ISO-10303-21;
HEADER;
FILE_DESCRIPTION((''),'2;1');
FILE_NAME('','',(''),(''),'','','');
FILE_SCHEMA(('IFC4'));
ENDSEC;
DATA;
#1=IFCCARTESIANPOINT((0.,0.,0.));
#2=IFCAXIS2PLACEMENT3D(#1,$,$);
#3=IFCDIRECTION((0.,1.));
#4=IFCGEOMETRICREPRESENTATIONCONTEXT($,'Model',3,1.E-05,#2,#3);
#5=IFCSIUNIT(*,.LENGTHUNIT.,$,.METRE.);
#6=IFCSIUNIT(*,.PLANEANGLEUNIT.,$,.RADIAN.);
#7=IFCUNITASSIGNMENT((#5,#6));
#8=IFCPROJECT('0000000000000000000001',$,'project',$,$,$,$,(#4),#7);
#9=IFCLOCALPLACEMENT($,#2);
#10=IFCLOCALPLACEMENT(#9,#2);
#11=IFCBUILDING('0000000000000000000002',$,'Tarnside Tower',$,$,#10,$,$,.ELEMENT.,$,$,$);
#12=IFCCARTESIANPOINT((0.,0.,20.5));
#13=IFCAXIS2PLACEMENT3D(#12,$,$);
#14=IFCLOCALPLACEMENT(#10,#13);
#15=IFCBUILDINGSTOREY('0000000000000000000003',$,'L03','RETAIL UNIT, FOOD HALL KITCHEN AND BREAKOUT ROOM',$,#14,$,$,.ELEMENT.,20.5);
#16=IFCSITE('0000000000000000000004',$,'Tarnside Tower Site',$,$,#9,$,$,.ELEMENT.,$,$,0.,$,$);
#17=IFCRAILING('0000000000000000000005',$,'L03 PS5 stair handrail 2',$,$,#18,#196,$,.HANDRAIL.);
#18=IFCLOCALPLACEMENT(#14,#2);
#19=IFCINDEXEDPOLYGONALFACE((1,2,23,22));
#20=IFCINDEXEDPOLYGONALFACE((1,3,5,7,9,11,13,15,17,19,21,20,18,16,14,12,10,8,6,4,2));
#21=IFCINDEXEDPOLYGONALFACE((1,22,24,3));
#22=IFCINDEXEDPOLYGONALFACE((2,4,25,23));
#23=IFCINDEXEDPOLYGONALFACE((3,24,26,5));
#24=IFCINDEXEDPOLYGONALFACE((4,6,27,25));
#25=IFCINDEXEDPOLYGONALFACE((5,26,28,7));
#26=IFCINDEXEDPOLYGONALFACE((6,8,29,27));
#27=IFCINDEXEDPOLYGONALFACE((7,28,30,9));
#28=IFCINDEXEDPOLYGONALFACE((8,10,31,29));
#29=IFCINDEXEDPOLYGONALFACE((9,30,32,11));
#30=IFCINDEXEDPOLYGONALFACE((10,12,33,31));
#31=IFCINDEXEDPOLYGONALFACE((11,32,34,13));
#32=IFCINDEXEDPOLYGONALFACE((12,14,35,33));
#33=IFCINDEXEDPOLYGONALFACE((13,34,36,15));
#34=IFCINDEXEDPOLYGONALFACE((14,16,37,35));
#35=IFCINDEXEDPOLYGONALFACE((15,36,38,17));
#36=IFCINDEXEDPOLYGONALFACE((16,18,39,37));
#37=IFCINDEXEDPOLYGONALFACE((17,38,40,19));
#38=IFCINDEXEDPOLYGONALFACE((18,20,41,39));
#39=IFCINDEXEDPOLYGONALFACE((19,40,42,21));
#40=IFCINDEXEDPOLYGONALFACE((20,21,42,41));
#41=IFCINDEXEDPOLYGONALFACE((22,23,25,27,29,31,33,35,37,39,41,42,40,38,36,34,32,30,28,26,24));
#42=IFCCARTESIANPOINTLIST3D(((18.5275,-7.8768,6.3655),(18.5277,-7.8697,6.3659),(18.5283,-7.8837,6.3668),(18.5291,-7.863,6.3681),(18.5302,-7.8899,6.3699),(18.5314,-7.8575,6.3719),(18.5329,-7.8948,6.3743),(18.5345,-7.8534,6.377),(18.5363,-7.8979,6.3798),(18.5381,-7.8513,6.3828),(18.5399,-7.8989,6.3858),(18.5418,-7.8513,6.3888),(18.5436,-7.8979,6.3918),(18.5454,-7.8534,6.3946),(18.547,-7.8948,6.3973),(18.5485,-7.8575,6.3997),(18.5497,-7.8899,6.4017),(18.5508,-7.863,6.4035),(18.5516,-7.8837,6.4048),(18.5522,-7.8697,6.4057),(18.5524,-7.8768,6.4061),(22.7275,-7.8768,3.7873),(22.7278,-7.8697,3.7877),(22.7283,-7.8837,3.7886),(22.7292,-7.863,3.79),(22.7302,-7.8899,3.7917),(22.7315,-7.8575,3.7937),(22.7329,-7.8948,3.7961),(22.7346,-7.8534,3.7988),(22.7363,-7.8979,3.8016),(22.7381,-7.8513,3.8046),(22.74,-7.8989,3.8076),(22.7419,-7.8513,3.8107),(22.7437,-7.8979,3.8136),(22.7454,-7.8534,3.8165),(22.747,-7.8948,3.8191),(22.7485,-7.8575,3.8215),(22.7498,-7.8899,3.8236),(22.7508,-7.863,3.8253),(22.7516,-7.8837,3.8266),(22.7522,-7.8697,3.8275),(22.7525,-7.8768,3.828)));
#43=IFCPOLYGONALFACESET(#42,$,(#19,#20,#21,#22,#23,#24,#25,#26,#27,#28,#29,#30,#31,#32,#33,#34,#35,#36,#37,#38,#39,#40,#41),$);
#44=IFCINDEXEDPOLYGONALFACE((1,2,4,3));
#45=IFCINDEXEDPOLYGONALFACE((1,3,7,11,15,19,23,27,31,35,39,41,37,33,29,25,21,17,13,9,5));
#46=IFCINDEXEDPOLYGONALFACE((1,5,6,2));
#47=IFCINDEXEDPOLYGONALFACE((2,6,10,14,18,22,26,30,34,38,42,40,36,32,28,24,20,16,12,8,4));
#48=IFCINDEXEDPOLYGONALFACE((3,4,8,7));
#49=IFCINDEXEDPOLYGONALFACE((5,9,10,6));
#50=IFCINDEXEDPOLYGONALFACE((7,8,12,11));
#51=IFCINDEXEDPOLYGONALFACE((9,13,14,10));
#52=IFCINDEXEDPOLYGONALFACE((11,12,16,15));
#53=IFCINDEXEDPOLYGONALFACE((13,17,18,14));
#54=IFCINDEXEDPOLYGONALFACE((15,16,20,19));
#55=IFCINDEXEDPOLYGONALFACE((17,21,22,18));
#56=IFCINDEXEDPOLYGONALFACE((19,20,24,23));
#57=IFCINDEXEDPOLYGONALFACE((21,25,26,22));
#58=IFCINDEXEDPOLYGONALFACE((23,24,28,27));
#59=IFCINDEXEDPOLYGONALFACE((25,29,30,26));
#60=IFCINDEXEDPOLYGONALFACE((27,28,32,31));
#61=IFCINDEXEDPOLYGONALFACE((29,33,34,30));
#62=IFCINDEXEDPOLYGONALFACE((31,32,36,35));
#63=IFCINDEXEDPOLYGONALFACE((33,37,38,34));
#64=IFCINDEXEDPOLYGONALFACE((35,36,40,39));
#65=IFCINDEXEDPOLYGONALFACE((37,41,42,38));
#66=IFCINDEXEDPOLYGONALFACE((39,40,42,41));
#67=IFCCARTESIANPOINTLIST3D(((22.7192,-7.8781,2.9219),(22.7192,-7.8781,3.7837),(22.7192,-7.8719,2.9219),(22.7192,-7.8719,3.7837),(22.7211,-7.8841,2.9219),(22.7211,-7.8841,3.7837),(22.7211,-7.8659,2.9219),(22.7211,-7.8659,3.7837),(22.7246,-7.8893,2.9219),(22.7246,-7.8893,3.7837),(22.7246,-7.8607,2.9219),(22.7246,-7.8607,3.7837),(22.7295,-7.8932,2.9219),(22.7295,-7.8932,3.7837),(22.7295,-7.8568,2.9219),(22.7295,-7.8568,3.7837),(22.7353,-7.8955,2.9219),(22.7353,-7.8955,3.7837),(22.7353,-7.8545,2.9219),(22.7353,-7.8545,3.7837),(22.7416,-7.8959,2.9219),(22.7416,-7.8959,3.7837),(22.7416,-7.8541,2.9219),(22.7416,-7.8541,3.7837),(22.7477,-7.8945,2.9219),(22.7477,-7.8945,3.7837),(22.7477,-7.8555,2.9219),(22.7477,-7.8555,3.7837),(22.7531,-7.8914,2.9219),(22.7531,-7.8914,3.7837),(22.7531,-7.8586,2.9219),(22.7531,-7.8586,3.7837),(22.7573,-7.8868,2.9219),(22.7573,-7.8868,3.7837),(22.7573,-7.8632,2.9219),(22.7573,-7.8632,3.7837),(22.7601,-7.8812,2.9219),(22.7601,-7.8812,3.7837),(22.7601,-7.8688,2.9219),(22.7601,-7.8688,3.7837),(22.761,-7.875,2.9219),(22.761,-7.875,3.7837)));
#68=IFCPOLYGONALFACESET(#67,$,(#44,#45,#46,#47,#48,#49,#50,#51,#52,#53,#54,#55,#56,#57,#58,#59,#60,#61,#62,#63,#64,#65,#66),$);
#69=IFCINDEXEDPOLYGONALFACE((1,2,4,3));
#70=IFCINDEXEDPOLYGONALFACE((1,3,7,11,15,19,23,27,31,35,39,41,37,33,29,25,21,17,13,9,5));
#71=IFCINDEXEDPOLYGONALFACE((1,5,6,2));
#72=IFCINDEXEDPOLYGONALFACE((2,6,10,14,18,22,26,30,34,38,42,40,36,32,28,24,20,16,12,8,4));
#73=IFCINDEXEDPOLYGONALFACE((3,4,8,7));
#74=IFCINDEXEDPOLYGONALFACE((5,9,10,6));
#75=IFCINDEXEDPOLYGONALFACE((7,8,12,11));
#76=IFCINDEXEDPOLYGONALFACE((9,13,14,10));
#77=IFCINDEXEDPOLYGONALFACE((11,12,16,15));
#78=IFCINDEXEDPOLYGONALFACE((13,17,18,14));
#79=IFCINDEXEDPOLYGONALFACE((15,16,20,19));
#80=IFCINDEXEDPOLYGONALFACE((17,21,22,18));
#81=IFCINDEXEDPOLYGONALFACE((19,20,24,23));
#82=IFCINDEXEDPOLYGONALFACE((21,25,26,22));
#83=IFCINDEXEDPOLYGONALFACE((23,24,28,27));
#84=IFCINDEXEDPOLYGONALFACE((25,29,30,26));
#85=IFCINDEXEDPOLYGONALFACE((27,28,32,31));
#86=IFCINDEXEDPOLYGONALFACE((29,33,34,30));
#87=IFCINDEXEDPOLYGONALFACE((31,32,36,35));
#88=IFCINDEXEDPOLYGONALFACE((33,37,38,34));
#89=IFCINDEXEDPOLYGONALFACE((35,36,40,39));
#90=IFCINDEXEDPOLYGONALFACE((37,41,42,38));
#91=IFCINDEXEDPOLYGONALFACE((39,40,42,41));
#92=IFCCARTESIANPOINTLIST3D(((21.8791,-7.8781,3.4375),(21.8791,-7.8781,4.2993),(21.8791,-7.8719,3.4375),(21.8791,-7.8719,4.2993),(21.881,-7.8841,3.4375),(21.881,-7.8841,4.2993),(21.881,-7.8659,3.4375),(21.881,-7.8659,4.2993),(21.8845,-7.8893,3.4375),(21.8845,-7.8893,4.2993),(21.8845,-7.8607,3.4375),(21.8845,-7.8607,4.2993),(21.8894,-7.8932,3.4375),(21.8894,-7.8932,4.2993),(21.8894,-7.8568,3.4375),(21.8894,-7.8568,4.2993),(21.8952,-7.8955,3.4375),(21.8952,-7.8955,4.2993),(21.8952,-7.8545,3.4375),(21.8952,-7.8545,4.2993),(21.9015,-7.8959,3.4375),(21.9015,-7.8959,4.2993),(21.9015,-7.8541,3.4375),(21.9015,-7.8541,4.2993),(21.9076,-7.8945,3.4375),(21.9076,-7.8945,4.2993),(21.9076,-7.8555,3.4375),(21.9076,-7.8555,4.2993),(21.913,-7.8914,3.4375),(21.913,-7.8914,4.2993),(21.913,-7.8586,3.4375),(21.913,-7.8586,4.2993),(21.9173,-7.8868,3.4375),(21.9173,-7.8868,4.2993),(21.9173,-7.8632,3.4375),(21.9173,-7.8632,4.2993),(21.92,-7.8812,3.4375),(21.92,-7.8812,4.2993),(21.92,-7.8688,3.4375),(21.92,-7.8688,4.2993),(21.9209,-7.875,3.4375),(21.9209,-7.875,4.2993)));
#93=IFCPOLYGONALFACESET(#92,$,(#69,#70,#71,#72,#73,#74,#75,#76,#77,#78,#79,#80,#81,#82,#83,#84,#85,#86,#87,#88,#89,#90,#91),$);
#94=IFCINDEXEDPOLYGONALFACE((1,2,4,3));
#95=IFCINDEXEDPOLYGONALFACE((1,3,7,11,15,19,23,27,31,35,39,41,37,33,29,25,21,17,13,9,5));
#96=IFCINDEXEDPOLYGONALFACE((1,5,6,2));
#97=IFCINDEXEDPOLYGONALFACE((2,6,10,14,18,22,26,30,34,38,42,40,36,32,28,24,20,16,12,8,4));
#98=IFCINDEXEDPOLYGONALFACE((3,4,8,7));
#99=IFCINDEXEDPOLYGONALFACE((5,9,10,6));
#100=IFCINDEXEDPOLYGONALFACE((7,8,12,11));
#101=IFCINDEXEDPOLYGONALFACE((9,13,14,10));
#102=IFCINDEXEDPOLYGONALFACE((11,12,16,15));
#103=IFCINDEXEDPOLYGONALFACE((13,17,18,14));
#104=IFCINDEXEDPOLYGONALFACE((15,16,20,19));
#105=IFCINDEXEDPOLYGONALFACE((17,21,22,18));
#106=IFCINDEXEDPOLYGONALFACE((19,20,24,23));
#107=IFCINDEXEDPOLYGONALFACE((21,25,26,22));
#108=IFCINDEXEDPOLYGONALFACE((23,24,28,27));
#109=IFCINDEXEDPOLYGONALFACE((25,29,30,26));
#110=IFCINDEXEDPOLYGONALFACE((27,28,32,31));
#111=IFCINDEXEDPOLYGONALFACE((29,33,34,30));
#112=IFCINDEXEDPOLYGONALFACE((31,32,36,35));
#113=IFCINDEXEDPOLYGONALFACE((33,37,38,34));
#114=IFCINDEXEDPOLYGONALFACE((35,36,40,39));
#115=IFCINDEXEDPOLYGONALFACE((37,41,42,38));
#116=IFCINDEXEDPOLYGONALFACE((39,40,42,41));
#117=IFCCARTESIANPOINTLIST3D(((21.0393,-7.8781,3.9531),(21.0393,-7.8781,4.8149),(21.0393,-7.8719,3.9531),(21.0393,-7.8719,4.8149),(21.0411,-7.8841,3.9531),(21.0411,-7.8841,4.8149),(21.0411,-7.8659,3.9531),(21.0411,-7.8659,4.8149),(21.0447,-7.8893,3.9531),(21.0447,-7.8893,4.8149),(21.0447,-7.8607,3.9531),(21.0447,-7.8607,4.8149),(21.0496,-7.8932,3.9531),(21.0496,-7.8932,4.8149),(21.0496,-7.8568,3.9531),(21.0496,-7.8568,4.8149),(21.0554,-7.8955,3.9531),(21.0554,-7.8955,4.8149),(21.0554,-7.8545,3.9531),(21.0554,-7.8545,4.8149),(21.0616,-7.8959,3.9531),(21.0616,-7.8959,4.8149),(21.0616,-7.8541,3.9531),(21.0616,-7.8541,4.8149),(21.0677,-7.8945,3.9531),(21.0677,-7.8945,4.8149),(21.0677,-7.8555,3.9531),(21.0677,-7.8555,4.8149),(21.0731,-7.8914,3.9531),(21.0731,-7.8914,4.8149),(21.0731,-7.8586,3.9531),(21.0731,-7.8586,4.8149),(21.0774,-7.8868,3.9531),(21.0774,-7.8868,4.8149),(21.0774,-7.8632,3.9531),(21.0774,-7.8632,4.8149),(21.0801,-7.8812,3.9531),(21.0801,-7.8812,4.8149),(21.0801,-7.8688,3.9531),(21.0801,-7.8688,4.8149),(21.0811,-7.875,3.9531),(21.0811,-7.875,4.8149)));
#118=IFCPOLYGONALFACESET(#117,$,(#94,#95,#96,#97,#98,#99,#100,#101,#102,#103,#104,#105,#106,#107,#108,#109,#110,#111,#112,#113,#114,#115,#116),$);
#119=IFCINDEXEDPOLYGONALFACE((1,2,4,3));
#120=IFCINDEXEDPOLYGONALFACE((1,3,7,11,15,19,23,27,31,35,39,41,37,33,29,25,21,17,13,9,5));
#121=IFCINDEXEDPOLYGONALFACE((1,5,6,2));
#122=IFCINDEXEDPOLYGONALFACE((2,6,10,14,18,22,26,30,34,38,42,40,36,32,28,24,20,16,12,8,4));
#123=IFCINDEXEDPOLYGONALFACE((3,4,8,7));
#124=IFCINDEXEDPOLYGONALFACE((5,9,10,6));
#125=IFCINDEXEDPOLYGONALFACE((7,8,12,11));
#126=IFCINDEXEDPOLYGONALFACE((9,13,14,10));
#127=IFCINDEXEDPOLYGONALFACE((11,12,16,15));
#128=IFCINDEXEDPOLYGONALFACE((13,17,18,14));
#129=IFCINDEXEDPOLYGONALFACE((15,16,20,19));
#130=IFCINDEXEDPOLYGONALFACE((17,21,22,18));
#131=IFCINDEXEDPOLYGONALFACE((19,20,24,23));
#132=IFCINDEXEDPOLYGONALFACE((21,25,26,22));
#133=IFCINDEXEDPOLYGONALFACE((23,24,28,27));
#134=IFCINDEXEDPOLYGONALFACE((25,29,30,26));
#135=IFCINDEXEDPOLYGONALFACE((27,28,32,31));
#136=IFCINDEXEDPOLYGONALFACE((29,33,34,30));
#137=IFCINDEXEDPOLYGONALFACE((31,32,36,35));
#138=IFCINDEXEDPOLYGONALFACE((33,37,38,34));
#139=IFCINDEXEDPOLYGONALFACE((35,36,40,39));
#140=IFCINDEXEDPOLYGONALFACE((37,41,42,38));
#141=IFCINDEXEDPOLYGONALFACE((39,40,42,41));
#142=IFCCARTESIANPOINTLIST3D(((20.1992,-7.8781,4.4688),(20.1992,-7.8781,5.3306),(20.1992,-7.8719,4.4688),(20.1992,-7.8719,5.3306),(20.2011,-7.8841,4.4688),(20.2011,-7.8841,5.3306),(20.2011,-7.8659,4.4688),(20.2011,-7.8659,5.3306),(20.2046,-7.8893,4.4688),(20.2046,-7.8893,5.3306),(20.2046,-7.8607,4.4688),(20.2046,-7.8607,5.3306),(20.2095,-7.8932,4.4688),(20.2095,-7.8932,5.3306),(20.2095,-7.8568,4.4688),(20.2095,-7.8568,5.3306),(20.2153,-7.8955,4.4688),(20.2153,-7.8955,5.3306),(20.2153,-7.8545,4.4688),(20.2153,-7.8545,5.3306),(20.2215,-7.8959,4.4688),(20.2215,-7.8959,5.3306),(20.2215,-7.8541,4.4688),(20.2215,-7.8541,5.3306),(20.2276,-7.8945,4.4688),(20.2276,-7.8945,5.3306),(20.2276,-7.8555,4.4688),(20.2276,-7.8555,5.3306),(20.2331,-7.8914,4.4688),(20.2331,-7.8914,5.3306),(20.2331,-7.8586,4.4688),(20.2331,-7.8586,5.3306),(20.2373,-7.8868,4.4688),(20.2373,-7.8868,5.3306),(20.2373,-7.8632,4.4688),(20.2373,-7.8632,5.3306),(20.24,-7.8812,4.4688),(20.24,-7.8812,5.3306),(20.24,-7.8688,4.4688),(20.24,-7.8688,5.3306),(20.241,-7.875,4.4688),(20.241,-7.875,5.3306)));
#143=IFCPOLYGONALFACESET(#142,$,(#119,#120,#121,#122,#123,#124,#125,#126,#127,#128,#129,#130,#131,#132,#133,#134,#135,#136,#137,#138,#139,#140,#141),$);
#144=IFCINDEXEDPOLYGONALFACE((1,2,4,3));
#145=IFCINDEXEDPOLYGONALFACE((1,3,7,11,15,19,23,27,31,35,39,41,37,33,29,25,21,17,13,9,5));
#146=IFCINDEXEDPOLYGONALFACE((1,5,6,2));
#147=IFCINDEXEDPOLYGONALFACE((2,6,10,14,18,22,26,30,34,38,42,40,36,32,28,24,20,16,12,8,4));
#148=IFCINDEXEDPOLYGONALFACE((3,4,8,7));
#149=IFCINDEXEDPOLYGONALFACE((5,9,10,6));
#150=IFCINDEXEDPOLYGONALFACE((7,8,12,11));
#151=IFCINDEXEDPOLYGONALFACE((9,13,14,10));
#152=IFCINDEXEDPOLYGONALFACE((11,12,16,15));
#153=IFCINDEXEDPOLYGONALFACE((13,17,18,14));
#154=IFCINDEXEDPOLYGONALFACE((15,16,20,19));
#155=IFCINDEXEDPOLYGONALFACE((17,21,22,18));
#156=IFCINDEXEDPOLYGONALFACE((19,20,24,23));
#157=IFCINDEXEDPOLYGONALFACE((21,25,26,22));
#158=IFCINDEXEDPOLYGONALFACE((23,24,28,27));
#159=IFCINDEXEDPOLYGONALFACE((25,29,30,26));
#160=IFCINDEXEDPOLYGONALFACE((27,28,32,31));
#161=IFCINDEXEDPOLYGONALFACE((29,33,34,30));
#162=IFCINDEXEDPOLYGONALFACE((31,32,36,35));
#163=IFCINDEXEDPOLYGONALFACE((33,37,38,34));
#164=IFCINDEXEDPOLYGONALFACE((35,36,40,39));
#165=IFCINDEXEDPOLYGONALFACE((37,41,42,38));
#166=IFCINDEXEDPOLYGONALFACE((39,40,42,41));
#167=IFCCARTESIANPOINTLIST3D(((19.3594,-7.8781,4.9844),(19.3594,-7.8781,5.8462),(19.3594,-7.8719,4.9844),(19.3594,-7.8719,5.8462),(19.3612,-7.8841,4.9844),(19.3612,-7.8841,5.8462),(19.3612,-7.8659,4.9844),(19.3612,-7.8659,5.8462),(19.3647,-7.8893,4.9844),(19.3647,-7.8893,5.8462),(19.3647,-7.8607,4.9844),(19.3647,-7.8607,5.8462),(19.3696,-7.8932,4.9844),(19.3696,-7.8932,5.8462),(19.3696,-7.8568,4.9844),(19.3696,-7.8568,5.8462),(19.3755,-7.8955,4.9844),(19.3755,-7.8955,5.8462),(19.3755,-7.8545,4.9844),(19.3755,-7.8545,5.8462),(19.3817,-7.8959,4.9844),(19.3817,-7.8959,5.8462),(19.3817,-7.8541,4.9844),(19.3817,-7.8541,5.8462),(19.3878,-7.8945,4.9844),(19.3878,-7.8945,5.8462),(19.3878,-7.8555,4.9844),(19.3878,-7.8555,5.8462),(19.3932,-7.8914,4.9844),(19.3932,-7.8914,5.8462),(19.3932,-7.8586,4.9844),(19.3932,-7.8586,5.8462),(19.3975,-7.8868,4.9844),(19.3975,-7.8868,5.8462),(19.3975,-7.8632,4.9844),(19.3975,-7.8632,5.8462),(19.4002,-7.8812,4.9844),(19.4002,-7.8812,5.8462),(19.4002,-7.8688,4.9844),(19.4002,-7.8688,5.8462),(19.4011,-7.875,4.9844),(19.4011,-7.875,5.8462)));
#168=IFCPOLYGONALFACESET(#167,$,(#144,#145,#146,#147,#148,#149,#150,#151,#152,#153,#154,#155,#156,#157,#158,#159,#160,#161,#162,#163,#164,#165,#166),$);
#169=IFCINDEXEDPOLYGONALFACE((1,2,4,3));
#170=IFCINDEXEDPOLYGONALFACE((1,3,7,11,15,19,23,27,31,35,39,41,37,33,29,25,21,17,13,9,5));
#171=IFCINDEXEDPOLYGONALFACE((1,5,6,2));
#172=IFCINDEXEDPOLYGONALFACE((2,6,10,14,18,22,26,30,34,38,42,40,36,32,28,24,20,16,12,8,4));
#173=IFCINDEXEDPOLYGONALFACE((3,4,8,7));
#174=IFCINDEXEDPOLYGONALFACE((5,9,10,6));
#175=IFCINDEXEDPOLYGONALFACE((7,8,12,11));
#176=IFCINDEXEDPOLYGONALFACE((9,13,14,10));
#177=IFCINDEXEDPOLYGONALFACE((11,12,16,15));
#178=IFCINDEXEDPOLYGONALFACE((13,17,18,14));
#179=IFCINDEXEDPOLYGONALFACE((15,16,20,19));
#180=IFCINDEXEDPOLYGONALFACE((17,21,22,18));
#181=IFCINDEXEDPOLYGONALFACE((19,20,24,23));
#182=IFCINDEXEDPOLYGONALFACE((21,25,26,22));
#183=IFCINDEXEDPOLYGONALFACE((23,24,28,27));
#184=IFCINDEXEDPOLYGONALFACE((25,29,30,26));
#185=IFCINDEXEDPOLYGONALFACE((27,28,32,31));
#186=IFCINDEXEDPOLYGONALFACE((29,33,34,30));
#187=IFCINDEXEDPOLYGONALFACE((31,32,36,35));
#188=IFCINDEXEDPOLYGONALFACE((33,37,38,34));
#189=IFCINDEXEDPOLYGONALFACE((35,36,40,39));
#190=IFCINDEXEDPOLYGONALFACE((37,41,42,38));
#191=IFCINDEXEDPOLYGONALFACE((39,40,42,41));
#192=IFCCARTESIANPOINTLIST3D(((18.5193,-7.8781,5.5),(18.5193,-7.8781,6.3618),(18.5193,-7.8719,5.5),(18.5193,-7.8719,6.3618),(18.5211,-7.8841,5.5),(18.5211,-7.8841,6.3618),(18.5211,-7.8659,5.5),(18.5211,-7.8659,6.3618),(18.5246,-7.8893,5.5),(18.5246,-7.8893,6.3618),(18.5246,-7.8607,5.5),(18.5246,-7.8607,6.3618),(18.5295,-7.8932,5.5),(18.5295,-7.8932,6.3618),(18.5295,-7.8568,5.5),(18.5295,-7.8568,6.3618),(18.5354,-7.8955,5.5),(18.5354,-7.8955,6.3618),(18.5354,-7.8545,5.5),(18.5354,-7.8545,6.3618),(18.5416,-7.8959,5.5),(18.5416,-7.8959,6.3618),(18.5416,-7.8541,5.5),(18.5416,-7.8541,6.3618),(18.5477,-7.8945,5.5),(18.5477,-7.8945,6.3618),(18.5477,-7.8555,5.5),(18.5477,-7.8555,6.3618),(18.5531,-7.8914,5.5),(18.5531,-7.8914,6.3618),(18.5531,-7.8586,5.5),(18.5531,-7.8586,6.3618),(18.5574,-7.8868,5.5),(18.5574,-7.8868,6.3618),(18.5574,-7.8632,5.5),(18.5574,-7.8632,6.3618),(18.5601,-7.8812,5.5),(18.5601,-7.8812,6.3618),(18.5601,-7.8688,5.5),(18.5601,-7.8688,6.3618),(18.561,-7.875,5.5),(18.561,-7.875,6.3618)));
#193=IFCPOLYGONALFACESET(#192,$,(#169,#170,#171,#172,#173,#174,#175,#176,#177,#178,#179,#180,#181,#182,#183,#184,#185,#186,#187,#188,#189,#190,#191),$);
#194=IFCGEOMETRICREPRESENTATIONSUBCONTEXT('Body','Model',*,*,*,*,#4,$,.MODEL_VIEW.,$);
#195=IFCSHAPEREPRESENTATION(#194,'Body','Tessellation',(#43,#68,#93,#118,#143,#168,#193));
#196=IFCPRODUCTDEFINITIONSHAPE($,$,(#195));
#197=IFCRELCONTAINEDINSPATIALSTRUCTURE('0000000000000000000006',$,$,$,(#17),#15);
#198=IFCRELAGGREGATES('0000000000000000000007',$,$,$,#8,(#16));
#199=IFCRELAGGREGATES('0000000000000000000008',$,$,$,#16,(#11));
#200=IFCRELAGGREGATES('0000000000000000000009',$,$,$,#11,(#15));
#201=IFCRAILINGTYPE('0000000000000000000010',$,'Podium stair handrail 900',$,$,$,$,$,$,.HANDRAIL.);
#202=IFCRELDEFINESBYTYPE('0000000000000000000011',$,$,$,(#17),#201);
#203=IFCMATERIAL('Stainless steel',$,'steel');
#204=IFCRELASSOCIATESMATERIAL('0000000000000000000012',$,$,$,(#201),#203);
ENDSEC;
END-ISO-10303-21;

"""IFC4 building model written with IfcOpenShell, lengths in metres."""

from ifc_helpers import new_model, si_unit, direction, frame, origin, origin_2d, place, context, subcontext, project, spatial, circle, extrude, material, type_object, element, save


model = new_model("IFC4")

# Units and contexts
model_context = context("Model", 3, precision=1e-05, world=origin(), true_north=direction((0.0, 1.0)))
body_context = subcontext(model_context, "Body", "Model", "MODEL_VIEW")
ifc_project = project(units=[si_unit("LENGTHUNIT", "METRE"), si_unit("PLANEANGLEUNIT", "RADIAN")], contexts=[model_context])

# Site, building, storey
site_placement = place(None, origin())
site = spatial("IfcSite", under=ifc_project, at=site_placement, Name="Tarnside Tower Site", CompositionType="ELEMENT", RefElevation=0.0)
building_placement = place(site_placement, origin())
building = spatial("IfcBuilding", under=site, at=building_placement, Name="Tarnside Tower", CompositionType="ELEMENT")
storey_placement = place(building_placement, frame((0.0, 0.0, 20.5)))
storey = spatial("IfcBuildingStorey", under=building, at=storey_placement, Name="L03", Description="RETAIL UNIT, FOOD HALL KITCHEN AND BREAKOUT ROOM", CompositionType="ELEMENT", Elevation=20.5)

# Railing
ifc_material_1 = material(Name="Stainless steel", Category="steel")
railing_type_1 = type_object("IfcRailingType", Name="Podium stair handrail 900", PredefinedType="HANDRAIL", material=ifc_material_1)
railing_1_placement = place(storey_placement, frame((22.74, -7.875, 2.9219)))
element("IfcRailing", 1, at=railing_1_placement, inside=storey, type_object=railing_type_1, Name="L03 PS5 stair handrail 2", PredefinedType="HANDRAIL", context=body_context, shape_type="SweptSolid", body=[
    extrude(circle(Radius=0.0239, at=origin_2d()), frame((0.0, 0.0, 0.8857), z_axis=(-0.852243, 0.0, 0.523146), x_axis=(0.0, -1.0, 0.0)), (0.0, 0.0, 1.0), 4.9282),
    extrude(circle(Radius=0.021, at=origin_2d()), origin(), (0.0, 0.0, 1.0), 0.8618),
    extrude(circle(Radius=0.021, at=origin_2d()), frame((-0.8401, 0.0, 0.5156)), (0.0, 0.0, 1.0), 0.8618),
    extrude(circle(Radius=0.021, at=origin_2d()), frame((-1.6799, 0.0, 1.0312)), (0.0, 0.0, 1.0), 0.8618),
    extrude(circle(Radius=0.021, at=origin_2d()), frame((-2.52, 0.0, 1.5469)), (0.0, 0.0, 1.0), 0.8618),
    extrude(circle(Radius=0.021, at=origin_2d()), frame((-3.3599, 0.0, 2.0625)), (0.0, 0.0, 1.0), 0.8618),
    extrude(circle(Radius=0.021, at=origin_2d()), frame((-4.2, 0.0, 2.5781)), (0.0, 0.0, 1.0), 0.8618),
])

save(model, "model.ifc")
